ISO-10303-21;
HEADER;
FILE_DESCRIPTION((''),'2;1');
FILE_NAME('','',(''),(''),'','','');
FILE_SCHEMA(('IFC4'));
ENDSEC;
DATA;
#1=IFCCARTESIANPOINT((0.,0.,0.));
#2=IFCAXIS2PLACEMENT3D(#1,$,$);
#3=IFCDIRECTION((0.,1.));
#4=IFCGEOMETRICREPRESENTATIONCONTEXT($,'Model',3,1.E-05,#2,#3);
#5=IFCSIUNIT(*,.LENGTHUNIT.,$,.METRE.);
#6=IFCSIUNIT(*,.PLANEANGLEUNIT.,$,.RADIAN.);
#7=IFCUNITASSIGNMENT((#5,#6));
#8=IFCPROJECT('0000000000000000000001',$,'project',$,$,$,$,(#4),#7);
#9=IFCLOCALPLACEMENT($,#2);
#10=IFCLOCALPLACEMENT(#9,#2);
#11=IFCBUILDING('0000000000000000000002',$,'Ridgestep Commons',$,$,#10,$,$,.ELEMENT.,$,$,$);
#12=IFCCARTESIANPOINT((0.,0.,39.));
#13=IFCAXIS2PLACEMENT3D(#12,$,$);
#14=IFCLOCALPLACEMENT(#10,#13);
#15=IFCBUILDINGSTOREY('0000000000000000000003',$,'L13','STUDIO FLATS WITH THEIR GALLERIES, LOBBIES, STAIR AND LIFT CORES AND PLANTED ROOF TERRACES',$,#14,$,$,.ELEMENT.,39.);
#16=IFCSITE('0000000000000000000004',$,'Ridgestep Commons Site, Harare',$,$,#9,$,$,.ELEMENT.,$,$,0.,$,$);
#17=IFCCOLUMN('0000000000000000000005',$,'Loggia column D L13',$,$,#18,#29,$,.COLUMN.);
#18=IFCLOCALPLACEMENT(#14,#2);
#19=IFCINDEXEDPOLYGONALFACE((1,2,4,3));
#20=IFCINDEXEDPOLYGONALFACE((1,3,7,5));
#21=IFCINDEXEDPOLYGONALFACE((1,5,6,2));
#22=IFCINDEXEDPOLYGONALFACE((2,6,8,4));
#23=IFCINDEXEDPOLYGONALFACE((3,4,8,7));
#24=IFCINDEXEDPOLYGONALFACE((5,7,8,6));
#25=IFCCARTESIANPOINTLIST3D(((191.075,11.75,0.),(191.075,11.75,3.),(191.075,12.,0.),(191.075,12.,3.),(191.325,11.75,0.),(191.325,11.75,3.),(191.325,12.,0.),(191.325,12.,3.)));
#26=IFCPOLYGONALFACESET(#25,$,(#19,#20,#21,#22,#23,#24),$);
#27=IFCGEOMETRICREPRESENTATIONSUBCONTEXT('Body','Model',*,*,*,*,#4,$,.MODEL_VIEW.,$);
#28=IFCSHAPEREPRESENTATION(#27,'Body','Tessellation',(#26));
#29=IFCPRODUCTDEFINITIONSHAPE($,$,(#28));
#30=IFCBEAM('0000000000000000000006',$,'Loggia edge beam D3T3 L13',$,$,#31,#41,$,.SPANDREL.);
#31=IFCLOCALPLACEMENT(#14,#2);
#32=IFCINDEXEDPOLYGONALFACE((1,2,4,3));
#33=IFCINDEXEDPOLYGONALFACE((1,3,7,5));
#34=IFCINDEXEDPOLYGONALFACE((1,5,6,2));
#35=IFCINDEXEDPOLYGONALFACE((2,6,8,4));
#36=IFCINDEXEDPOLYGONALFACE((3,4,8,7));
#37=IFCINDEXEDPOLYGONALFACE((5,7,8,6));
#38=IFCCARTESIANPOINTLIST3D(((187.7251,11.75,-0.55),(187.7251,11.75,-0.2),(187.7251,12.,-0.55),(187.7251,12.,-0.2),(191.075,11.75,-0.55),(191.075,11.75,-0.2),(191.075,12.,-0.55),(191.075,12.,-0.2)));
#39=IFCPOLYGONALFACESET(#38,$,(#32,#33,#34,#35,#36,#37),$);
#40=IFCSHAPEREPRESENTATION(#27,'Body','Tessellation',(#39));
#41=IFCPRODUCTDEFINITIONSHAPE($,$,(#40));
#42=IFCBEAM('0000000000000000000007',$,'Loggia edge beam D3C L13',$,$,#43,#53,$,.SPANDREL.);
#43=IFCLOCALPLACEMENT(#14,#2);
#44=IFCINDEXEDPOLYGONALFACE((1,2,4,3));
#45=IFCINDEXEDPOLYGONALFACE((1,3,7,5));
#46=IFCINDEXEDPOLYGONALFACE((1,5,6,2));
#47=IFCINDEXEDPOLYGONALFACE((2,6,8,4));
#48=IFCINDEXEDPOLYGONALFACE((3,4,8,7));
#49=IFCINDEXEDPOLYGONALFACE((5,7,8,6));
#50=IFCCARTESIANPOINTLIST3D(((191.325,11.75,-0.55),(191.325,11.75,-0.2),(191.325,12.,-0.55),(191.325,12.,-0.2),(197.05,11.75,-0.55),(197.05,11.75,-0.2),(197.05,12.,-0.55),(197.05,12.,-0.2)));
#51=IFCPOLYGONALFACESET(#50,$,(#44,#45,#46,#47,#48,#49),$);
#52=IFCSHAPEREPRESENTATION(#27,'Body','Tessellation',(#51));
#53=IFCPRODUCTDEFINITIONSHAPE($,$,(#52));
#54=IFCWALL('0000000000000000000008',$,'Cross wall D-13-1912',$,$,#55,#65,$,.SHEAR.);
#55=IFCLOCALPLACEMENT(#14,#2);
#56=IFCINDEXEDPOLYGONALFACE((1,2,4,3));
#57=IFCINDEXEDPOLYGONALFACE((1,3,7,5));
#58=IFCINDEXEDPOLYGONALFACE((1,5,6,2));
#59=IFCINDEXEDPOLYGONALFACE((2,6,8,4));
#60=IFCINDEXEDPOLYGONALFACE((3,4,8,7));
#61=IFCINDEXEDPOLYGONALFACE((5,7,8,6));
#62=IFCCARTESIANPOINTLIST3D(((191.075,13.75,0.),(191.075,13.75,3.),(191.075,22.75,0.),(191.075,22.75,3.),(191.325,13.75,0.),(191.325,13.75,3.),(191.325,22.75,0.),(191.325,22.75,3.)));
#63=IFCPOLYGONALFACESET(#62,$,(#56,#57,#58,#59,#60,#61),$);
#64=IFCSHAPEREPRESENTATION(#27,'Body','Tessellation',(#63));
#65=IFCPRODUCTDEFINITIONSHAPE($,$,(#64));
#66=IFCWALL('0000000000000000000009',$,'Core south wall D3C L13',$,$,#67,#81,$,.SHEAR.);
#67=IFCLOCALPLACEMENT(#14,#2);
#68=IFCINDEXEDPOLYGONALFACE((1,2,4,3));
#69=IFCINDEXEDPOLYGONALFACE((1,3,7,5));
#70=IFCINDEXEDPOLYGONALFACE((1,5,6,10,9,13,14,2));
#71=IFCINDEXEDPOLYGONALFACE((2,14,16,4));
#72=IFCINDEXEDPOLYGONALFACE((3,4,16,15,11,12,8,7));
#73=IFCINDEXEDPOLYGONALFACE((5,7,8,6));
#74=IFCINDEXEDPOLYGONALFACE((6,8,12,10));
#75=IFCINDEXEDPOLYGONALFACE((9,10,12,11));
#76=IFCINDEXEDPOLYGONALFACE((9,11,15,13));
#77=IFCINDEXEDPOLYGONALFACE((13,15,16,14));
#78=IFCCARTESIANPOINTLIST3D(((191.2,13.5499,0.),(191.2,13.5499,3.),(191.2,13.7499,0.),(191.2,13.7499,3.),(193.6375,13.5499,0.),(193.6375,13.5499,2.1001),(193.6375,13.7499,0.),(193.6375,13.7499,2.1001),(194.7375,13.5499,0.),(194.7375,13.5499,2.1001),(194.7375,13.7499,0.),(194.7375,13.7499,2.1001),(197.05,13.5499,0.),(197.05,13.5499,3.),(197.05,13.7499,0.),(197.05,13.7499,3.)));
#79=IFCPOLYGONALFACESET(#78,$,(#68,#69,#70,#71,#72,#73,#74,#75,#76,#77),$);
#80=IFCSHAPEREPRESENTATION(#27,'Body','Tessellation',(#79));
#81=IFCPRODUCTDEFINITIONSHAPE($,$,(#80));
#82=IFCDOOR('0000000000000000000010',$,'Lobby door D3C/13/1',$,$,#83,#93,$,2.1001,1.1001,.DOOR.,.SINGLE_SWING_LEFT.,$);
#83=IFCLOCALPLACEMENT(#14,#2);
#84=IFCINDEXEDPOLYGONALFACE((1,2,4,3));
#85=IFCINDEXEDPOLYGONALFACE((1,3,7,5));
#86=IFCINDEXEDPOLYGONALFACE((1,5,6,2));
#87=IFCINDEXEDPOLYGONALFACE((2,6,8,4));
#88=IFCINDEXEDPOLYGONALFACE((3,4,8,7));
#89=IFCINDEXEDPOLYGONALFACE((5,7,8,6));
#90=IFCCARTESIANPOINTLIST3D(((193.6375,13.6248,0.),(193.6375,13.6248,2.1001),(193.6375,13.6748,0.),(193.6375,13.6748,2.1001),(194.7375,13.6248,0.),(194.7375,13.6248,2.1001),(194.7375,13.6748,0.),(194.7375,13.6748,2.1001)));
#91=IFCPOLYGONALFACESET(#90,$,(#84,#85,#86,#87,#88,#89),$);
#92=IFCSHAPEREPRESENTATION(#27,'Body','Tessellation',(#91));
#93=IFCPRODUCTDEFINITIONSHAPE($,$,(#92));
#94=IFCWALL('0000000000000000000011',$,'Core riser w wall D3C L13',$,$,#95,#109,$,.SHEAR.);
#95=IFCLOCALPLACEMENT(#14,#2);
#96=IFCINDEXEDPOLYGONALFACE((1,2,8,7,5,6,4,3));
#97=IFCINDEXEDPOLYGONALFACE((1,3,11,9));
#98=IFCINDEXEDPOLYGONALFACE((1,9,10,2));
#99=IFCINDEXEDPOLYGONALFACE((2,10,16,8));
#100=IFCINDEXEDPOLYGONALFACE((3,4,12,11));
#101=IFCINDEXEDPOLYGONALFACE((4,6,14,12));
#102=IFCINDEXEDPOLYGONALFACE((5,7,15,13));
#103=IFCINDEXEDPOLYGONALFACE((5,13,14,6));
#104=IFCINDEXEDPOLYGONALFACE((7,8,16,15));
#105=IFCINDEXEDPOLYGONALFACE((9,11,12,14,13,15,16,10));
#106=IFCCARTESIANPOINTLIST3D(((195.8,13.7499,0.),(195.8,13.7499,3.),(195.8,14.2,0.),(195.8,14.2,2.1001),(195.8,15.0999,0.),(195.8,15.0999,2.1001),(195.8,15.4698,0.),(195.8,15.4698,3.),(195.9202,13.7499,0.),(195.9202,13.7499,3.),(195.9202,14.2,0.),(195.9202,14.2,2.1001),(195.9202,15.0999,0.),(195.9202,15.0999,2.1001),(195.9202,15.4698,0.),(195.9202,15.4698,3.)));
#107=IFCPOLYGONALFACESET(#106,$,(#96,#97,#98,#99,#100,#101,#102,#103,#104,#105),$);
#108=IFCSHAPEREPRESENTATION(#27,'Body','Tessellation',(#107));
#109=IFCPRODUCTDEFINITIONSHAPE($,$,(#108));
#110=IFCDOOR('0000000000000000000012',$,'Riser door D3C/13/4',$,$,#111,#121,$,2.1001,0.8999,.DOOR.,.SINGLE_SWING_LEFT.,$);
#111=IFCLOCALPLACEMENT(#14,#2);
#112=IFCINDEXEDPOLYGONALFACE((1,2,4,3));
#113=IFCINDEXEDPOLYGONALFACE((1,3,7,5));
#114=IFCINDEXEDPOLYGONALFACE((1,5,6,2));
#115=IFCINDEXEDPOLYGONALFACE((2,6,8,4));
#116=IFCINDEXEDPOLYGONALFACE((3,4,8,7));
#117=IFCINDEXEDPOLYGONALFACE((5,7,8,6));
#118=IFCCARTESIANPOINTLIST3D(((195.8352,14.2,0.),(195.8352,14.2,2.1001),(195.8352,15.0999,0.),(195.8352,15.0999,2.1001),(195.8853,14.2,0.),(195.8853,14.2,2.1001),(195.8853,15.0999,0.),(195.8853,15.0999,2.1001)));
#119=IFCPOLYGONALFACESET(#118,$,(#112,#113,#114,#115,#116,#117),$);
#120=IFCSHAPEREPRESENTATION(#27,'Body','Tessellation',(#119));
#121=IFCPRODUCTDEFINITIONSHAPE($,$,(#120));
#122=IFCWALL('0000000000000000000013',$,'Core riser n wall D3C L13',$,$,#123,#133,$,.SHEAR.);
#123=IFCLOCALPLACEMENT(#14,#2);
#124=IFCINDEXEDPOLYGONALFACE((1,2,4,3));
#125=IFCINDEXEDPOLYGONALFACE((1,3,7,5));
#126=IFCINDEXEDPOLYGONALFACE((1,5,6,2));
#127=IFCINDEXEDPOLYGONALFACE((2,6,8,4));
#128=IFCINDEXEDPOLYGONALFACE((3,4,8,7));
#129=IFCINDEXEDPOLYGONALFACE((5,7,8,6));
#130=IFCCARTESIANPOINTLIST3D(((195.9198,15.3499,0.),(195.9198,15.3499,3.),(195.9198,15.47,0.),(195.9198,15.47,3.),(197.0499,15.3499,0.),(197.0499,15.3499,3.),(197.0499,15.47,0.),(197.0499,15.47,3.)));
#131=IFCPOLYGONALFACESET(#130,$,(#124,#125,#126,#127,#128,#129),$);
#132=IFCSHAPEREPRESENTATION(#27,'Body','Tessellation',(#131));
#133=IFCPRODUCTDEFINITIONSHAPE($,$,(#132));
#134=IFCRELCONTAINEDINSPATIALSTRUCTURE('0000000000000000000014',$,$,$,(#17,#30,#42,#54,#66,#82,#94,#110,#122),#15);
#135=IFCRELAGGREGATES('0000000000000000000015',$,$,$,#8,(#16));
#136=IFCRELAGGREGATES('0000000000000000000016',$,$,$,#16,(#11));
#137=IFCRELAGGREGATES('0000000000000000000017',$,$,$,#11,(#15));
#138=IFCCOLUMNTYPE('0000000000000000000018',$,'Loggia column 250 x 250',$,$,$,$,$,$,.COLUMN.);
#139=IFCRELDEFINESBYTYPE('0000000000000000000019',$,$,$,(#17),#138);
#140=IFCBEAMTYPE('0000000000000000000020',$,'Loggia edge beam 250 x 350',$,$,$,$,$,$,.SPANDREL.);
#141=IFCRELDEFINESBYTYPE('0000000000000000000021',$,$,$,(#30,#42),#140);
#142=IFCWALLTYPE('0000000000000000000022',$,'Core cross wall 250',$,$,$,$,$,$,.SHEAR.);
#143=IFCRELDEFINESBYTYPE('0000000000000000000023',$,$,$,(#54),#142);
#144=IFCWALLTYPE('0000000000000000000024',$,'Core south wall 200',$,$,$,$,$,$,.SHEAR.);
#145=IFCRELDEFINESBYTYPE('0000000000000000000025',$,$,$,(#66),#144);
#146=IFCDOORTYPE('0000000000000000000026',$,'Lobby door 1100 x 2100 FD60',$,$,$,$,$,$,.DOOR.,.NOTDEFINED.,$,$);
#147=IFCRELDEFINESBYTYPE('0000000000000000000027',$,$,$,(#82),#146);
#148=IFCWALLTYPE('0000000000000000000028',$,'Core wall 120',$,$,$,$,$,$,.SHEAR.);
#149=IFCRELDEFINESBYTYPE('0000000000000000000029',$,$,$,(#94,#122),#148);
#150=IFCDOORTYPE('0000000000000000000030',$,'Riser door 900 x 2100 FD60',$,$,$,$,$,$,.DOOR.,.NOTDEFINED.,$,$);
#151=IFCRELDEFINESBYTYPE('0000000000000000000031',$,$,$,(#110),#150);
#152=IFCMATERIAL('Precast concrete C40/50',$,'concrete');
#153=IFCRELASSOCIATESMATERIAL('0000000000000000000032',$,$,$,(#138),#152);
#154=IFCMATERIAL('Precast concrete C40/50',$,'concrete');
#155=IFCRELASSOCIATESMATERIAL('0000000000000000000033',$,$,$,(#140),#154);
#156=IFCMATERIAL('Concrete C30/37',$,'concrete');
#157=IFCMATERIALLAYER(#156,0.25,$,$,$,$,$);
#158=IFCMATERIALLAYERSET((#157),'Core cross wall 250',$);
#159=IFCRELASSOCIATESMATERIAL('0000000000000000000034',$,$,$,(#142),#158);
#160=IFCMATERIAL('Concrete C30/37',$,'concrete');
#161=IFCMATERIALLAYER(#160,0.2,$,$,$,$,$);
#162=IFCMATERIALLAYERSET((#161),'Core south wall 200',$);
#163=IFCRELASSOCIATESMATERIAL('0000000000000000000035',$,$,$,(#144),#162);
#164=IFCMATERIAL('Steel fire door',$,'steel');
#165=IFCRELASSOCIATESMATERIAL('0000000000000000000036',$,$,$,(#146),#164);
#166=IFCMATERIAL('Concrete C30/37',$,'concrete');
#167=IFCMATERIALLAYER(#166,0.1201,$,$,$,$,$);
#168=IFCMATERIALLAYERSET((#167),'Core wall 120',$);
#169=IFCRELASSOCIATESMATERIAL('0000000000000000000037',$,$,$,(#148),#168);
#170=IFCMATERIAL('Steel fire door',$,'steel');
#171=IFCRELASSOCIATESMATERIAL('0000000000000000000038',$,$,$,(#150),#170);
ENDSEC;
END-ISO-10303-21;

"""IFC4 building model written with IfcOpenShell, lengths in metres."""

from ifc_helpers import new_model, si_unit, direction, frame, frame_2d, origin, origin_2d, place, context, subcontext, project, spatial, rectangle, extrude, material, layer, layer_set, material_profile, profile_set, type_object, element, fill, save


model = new_model("IFC4")

# Units and contexts
model_context = context("Model", 3, precision=1e-05, world=origin(), true_north=direction((0.0, 1.0)))
body_context = subcontext(model_context, "Body", "Model", "MODEL_VIEW")
ifc_project = project(units=[si_unit("LENGTHUNIT", "METRE"), si_unit("PLANEANGLEUNIT", "RADIAN")], contexts=[model_context])

# Site, building, storey
site_placement = place(None, origin())
site = spatial("IfcSite", under=ifc_project, at=site_placement, Name="Ridgestep Commons Site, Harare", CompositionType="ELEMENT", RefElevation=0.0)
building_placement = place(site_placement, origin())
building = spatial("IfcBuilding", under=site, at=building_placement, Name="Ridgestep Commons", CompositionType="ELEMENT")
storey_placement = place(building_placement, frame((0.0, 0.0, 39.0)))
storey = spatial("IfcBuildingStorey", under=building, at=storey_placement, Name="L13", Description="STUDIO FLATS WITH THEIR GALLERIES, LOBBIES, STAIR AND LIFT CORES AND PLANTED ROOF TERRACES", CompositionType="ELEMENT", Elevation=39.0)

# Column
ifc_material_1 = material(Name="Precast concrete C40/50", Category="concrete")
ifc_material_profile_1 = material_profile(ifc_material_1, rectangle(XDim=0.25, YDim=0.25, at=origin_2d()), Name="PC 250x250")
ifc_profile_set_1 = profile_set([ifc_material_profile_1], Name="Precast concrete C40/50")
column_type = type_object("IfcColumnType", Name="Loggia column 250 x 250", PredefinedType="COLUMN", material=ifc_profile_set_1)
column_placement = place(storey_placement, frame((191.2, 11.875, 0.0), z_axis=(0.0, 0.0, 1.0), x_axis=(1.0, 0.0, 0.0)))
element("IfcColumn", 1, at=column_placement, inside=storey, type_object=column_type, Name="Loggia column D L13", PredefinedType="COLUMN", context=body_context, shape_type="SweptSolid", body=[
    extrude(rectangle(XDim=0.25, YDim=0.25, at=origin_2d()), origin(), (0.0, 0.0, 1.0), 3.0),
])

# Beams
ifc_material_2 = material(Name="Precast concrete C40/50", Category="concrete")
ifc_material_profile_2 = material_profile(ifc_material_2, rectangle(XDim=0.25, YDim=0.3501, at=origin_2d()), Name="PC 250x350")
ifc_profile_set_2 = profile_set([ifc_material_profile_2], Name="Precast concrete C40/50")
beam_type = type_object("IfcBeamType", Name="Loggia edge beam 250 x 350", PredefinedType="SPANDREL", material=ifc_profile_set_2)
beam_1_placement = place(storey_placement, frame((187.7251, 11.875, -0.375), z_axis=(1.0, 0.0, 0.0), x_axis=(0.0, 1.0, 0.0)))
element("IfcBeam", 2, at=beam_1_placement, inside=storey, type_object=beam_type, Name="Loggia edge beam D3T3 L13", PredefinedType="SPANDREL", context=body_context, shape_type="SweptSolid", body=[
    extrude(rectangle(XDim=0.25, YDim=0.3501, at=origin_2d()), origin(), (0.0, 0.0, 1.0), 3.3499),
])
beam_2_placement = place(storey_placement, frame((191.325, 11.875, -0.375), z_axis=(1.0, 0.0, 0.0), x_axis=(0.0, 1.0, 0.0)))
element("IfcBeam", 3, at=beam_2_placement, inside=storey, type_object=beam_type, Name="Loggia edge beam D3C L13", PredefinedType="SPANDREL", context=body_context, shape_type="SweptSolid", body=[
    extrude(rectangle(XDim=0.25, YDim=0.3501, at=origin_2d()), origin(), (0.0, 0.0, 1.0), 5.7251),
])

# Wall
ifc_material_3 = material(Name="Concrete C30/37", Category="concrete")
ifc_layer_1 = layer(ifc_material_3, 0.25)
ifc_layer_set_1 = layer_set([ifc_layer_1], Name="Core cross wall 250")
wall_type_1 = type_object("IfcWallType", Name="Core cross wall 250", PredefinedType="SHEAR", material=ifc_layer_set_1)
wall_1_placement = place(storey_placement, frame((191.2, 13.75, 0.0), z_axis=(0.0, 0.0, 1.0), x_axis=(0.0, 1.0, 0.0)))
element("IfcWall", 4, at=wall_1_placement, inside=storey, type_object=wall_type_1, Name="Cross wall D-13-1912", PredefinedType="SHEAR", context=body_context, shape_type="SweptSolid", body=[
    extrude(rectangle(XDim=9.0, YDim=0.25, at=frame_2d((4.5, 0.0))), origin(), (0.0, 0.0, 1.0), 3.0),
])

# Walls, openings, doors
ifc_material_4 = material(Name="Concrete C30/37", Category="concrete")
ifc_layer_2 = layer(ifc_material_4, 0.2)
ifc_layer_set_2 = layer_set([ifc_layer_2], Name="Core south wall 200")
wall_type_2 = type_object("IfcWallType", Name="Core south wall 200", PredefinedType="SHEAR", material=ifc_layer_set_2)
wall_2_placement = place(storey_placement, frame((191.2, 13.6499, 0.0), z_axis=(0.0, 0.0, 1.0), x_axis=(1.0, 0.0, 0.0)))
wall_2 = element("IfcWall", 5, at=wall_2_placement, inside=storey, type_object=wall_type_2, Name="Core south wall D3C L13", PredefinedType="SHEAR", context=body_context, shape_type="SweptSolid", body=[
    extrude(rectangle(XDim=5.8501, YDim=0.2, at=frame_2d((2.925, 0.0))), origin(), (0.0, 0.0, 1.0), 3.0),
])
opening_1_placement = place(wall_2_placement, frame((2.4375, 0.0, 0.0)))
opening_1 = element("IfcOpeningElement", 6, at=opening_1_placement, cuts=wall_2, PredefinedType="OPENING", context=body_context, shape_type="SweptSolid", body=[
    extrude(rectangle(XDim=1.1001, YDim=2.1001, at=frame_2d((0.55, 1.05))), frame((0.0, 0.1099, 0.0), z_axis=(0.0, -1.0, 0.0), x_axis=(1.0, 0.0, 0.0)), (0.0, 0.0, 1.0), 0.22),
])
ifc_material_5 = material(Name="Steel fire door", Category="steel")
door_type_1 = type_object("IfcDoorType", Name="Lobby door 1100 x 2100 FD60", OperationType="NOTDEFINED", PredefinedType="DOOR", material=ifc_material_5)
door_1_placement = place(opening_1_placement, origin())
door_1 = element("IfcDoor", 7, at=door_1_placement, inside=storey, type_object=door_type_1, Name="Lobby door D3C/13/1", OperationType="SINGLE_SWING_LEFT", OverallHeight=2.1001, OverallWidth=1.1001, PredefinedType="DOOR", context=body_context, shape_type="SweptSolid", body=[
    extrude(rectangle(XDim=1.1001, YDim=2.1001, at=frame_2d((0.55, 1.05))), frame((0.0, 0.0249, 0.0), z_axis=(0.0, -1.0, 0.0), x_axis=(1.0, 0.0, 0.0)), (0.0, 0.0, 1.0), 0.05),
])
fill(opening_1, door_1)
ifc_material_6 = material(Name="Concrete C30/37", Category="concrete")
ifc_layer_3 = layer(ifc_material_6, 0.1201)
ifc_layer_set_3 = layer_set([ifc_layer_3], Name="Core wall 120")
wall_type_3 = type_object("IfcWallType", Name="Core wall 120", PredefinedType="SHEAR", material=ifc_layer_set_3)
wall_3_placement = place(storey_placement, frame((195.8601, 13.75, 0.0), z_axis=(0.0, 0.0, 1.0), x_axis=(0.0, 1.0, 0.0)))
wall_3 = element("IfcWall", 8, at=wall_3_placement, inside=storey, type_object=wall_type_3, Name="Core riser w wall D3C L13", PredefinedType="SHEAR", context=body_context, shape_type="SweptSolid", body=[
    extrude(rectangle(XDim=1.72, YDim=0.1201, at=frame_2d((0.8599, 0.0))), origin(), (0.0, 0.0, 1.0), 3.0),
])
opening_2_placement = place(wall_3_placement, frame((0.45, 0.0, 0.0)))
opening_2 = element("IfcOpeningElement", 9, at=opening_2_placement, cuts=wall_3, PredefinedType="OPENING", context=body_context, shape_type="SweptSolid", body=[
    extrude(rectangle(XDim=0.8999, YDim=2.1001, at=frame_2d((0.45, 1.05))), frame((0.0, 0.0701, 0.0), z_axis=(0.0, -1.0, 0.0), x_axis=(1.0, 0.0, 0.0)), (0.0, 0.0, 1.0), 0.1401),
])
ifc_material_7 = material(Name="Steel fire door", Category="steel")
door_type_2 = type_object("IfcDoorType", Name="Riser door 900 x 2100 FD60", OperationType="NOTDEFINED", PredefinedType="DOOR", material=ifc_material_7)
door_2_placement = place(opening_2_placement, origin())
door_2 = element("IfcDoor", 10, at=door_2_placement, inside=storey, type_object=door_type_2, Name="Riser door D3C/13/4", OperationType="SINGLE_SWING_LEFT", OverallHeight=2.1001, OverallWidth=0.8999, PredefinedType="DOOR", context=body_context, shape_type="SweptSolid", body=[
    extrude(rectangle(XDim=0.8999, YDim=2.1001, at=frame_2d((0.45, 1.05))), frame((0.0, 0.0249, 0.0), z_axis=(0.0, -1.0, 0.0), x_axis=(1.0, 0.0, 0.0)), (0.0, 0.0, 1.0), 0.05),
])
fill(opening_2, door_2)

# Wall
wall_4_placement = place(storey_placement, frame((195.9199, 15.4099, 0.0), z_axis=(0.0, 0.0, 1.0), x_axis=(1.0, 0.0, 0.0)))
element("IfcWall", 11, at=wall_4_placement, inside=storey, type_object=wall_type_3, Name="Core riser n wall D3C L13", PredefinedType="SHEAR", context=body_context, shape_type="SweptSolid", body=[
    extrude(rectangle(XDim=1.1301, YDim=0.1201, at=frame_2d((0.5649, 0.0))), origin(), (0.0, 0.0, 1.0), 3.0),
])

save(model, "model.ifc")
